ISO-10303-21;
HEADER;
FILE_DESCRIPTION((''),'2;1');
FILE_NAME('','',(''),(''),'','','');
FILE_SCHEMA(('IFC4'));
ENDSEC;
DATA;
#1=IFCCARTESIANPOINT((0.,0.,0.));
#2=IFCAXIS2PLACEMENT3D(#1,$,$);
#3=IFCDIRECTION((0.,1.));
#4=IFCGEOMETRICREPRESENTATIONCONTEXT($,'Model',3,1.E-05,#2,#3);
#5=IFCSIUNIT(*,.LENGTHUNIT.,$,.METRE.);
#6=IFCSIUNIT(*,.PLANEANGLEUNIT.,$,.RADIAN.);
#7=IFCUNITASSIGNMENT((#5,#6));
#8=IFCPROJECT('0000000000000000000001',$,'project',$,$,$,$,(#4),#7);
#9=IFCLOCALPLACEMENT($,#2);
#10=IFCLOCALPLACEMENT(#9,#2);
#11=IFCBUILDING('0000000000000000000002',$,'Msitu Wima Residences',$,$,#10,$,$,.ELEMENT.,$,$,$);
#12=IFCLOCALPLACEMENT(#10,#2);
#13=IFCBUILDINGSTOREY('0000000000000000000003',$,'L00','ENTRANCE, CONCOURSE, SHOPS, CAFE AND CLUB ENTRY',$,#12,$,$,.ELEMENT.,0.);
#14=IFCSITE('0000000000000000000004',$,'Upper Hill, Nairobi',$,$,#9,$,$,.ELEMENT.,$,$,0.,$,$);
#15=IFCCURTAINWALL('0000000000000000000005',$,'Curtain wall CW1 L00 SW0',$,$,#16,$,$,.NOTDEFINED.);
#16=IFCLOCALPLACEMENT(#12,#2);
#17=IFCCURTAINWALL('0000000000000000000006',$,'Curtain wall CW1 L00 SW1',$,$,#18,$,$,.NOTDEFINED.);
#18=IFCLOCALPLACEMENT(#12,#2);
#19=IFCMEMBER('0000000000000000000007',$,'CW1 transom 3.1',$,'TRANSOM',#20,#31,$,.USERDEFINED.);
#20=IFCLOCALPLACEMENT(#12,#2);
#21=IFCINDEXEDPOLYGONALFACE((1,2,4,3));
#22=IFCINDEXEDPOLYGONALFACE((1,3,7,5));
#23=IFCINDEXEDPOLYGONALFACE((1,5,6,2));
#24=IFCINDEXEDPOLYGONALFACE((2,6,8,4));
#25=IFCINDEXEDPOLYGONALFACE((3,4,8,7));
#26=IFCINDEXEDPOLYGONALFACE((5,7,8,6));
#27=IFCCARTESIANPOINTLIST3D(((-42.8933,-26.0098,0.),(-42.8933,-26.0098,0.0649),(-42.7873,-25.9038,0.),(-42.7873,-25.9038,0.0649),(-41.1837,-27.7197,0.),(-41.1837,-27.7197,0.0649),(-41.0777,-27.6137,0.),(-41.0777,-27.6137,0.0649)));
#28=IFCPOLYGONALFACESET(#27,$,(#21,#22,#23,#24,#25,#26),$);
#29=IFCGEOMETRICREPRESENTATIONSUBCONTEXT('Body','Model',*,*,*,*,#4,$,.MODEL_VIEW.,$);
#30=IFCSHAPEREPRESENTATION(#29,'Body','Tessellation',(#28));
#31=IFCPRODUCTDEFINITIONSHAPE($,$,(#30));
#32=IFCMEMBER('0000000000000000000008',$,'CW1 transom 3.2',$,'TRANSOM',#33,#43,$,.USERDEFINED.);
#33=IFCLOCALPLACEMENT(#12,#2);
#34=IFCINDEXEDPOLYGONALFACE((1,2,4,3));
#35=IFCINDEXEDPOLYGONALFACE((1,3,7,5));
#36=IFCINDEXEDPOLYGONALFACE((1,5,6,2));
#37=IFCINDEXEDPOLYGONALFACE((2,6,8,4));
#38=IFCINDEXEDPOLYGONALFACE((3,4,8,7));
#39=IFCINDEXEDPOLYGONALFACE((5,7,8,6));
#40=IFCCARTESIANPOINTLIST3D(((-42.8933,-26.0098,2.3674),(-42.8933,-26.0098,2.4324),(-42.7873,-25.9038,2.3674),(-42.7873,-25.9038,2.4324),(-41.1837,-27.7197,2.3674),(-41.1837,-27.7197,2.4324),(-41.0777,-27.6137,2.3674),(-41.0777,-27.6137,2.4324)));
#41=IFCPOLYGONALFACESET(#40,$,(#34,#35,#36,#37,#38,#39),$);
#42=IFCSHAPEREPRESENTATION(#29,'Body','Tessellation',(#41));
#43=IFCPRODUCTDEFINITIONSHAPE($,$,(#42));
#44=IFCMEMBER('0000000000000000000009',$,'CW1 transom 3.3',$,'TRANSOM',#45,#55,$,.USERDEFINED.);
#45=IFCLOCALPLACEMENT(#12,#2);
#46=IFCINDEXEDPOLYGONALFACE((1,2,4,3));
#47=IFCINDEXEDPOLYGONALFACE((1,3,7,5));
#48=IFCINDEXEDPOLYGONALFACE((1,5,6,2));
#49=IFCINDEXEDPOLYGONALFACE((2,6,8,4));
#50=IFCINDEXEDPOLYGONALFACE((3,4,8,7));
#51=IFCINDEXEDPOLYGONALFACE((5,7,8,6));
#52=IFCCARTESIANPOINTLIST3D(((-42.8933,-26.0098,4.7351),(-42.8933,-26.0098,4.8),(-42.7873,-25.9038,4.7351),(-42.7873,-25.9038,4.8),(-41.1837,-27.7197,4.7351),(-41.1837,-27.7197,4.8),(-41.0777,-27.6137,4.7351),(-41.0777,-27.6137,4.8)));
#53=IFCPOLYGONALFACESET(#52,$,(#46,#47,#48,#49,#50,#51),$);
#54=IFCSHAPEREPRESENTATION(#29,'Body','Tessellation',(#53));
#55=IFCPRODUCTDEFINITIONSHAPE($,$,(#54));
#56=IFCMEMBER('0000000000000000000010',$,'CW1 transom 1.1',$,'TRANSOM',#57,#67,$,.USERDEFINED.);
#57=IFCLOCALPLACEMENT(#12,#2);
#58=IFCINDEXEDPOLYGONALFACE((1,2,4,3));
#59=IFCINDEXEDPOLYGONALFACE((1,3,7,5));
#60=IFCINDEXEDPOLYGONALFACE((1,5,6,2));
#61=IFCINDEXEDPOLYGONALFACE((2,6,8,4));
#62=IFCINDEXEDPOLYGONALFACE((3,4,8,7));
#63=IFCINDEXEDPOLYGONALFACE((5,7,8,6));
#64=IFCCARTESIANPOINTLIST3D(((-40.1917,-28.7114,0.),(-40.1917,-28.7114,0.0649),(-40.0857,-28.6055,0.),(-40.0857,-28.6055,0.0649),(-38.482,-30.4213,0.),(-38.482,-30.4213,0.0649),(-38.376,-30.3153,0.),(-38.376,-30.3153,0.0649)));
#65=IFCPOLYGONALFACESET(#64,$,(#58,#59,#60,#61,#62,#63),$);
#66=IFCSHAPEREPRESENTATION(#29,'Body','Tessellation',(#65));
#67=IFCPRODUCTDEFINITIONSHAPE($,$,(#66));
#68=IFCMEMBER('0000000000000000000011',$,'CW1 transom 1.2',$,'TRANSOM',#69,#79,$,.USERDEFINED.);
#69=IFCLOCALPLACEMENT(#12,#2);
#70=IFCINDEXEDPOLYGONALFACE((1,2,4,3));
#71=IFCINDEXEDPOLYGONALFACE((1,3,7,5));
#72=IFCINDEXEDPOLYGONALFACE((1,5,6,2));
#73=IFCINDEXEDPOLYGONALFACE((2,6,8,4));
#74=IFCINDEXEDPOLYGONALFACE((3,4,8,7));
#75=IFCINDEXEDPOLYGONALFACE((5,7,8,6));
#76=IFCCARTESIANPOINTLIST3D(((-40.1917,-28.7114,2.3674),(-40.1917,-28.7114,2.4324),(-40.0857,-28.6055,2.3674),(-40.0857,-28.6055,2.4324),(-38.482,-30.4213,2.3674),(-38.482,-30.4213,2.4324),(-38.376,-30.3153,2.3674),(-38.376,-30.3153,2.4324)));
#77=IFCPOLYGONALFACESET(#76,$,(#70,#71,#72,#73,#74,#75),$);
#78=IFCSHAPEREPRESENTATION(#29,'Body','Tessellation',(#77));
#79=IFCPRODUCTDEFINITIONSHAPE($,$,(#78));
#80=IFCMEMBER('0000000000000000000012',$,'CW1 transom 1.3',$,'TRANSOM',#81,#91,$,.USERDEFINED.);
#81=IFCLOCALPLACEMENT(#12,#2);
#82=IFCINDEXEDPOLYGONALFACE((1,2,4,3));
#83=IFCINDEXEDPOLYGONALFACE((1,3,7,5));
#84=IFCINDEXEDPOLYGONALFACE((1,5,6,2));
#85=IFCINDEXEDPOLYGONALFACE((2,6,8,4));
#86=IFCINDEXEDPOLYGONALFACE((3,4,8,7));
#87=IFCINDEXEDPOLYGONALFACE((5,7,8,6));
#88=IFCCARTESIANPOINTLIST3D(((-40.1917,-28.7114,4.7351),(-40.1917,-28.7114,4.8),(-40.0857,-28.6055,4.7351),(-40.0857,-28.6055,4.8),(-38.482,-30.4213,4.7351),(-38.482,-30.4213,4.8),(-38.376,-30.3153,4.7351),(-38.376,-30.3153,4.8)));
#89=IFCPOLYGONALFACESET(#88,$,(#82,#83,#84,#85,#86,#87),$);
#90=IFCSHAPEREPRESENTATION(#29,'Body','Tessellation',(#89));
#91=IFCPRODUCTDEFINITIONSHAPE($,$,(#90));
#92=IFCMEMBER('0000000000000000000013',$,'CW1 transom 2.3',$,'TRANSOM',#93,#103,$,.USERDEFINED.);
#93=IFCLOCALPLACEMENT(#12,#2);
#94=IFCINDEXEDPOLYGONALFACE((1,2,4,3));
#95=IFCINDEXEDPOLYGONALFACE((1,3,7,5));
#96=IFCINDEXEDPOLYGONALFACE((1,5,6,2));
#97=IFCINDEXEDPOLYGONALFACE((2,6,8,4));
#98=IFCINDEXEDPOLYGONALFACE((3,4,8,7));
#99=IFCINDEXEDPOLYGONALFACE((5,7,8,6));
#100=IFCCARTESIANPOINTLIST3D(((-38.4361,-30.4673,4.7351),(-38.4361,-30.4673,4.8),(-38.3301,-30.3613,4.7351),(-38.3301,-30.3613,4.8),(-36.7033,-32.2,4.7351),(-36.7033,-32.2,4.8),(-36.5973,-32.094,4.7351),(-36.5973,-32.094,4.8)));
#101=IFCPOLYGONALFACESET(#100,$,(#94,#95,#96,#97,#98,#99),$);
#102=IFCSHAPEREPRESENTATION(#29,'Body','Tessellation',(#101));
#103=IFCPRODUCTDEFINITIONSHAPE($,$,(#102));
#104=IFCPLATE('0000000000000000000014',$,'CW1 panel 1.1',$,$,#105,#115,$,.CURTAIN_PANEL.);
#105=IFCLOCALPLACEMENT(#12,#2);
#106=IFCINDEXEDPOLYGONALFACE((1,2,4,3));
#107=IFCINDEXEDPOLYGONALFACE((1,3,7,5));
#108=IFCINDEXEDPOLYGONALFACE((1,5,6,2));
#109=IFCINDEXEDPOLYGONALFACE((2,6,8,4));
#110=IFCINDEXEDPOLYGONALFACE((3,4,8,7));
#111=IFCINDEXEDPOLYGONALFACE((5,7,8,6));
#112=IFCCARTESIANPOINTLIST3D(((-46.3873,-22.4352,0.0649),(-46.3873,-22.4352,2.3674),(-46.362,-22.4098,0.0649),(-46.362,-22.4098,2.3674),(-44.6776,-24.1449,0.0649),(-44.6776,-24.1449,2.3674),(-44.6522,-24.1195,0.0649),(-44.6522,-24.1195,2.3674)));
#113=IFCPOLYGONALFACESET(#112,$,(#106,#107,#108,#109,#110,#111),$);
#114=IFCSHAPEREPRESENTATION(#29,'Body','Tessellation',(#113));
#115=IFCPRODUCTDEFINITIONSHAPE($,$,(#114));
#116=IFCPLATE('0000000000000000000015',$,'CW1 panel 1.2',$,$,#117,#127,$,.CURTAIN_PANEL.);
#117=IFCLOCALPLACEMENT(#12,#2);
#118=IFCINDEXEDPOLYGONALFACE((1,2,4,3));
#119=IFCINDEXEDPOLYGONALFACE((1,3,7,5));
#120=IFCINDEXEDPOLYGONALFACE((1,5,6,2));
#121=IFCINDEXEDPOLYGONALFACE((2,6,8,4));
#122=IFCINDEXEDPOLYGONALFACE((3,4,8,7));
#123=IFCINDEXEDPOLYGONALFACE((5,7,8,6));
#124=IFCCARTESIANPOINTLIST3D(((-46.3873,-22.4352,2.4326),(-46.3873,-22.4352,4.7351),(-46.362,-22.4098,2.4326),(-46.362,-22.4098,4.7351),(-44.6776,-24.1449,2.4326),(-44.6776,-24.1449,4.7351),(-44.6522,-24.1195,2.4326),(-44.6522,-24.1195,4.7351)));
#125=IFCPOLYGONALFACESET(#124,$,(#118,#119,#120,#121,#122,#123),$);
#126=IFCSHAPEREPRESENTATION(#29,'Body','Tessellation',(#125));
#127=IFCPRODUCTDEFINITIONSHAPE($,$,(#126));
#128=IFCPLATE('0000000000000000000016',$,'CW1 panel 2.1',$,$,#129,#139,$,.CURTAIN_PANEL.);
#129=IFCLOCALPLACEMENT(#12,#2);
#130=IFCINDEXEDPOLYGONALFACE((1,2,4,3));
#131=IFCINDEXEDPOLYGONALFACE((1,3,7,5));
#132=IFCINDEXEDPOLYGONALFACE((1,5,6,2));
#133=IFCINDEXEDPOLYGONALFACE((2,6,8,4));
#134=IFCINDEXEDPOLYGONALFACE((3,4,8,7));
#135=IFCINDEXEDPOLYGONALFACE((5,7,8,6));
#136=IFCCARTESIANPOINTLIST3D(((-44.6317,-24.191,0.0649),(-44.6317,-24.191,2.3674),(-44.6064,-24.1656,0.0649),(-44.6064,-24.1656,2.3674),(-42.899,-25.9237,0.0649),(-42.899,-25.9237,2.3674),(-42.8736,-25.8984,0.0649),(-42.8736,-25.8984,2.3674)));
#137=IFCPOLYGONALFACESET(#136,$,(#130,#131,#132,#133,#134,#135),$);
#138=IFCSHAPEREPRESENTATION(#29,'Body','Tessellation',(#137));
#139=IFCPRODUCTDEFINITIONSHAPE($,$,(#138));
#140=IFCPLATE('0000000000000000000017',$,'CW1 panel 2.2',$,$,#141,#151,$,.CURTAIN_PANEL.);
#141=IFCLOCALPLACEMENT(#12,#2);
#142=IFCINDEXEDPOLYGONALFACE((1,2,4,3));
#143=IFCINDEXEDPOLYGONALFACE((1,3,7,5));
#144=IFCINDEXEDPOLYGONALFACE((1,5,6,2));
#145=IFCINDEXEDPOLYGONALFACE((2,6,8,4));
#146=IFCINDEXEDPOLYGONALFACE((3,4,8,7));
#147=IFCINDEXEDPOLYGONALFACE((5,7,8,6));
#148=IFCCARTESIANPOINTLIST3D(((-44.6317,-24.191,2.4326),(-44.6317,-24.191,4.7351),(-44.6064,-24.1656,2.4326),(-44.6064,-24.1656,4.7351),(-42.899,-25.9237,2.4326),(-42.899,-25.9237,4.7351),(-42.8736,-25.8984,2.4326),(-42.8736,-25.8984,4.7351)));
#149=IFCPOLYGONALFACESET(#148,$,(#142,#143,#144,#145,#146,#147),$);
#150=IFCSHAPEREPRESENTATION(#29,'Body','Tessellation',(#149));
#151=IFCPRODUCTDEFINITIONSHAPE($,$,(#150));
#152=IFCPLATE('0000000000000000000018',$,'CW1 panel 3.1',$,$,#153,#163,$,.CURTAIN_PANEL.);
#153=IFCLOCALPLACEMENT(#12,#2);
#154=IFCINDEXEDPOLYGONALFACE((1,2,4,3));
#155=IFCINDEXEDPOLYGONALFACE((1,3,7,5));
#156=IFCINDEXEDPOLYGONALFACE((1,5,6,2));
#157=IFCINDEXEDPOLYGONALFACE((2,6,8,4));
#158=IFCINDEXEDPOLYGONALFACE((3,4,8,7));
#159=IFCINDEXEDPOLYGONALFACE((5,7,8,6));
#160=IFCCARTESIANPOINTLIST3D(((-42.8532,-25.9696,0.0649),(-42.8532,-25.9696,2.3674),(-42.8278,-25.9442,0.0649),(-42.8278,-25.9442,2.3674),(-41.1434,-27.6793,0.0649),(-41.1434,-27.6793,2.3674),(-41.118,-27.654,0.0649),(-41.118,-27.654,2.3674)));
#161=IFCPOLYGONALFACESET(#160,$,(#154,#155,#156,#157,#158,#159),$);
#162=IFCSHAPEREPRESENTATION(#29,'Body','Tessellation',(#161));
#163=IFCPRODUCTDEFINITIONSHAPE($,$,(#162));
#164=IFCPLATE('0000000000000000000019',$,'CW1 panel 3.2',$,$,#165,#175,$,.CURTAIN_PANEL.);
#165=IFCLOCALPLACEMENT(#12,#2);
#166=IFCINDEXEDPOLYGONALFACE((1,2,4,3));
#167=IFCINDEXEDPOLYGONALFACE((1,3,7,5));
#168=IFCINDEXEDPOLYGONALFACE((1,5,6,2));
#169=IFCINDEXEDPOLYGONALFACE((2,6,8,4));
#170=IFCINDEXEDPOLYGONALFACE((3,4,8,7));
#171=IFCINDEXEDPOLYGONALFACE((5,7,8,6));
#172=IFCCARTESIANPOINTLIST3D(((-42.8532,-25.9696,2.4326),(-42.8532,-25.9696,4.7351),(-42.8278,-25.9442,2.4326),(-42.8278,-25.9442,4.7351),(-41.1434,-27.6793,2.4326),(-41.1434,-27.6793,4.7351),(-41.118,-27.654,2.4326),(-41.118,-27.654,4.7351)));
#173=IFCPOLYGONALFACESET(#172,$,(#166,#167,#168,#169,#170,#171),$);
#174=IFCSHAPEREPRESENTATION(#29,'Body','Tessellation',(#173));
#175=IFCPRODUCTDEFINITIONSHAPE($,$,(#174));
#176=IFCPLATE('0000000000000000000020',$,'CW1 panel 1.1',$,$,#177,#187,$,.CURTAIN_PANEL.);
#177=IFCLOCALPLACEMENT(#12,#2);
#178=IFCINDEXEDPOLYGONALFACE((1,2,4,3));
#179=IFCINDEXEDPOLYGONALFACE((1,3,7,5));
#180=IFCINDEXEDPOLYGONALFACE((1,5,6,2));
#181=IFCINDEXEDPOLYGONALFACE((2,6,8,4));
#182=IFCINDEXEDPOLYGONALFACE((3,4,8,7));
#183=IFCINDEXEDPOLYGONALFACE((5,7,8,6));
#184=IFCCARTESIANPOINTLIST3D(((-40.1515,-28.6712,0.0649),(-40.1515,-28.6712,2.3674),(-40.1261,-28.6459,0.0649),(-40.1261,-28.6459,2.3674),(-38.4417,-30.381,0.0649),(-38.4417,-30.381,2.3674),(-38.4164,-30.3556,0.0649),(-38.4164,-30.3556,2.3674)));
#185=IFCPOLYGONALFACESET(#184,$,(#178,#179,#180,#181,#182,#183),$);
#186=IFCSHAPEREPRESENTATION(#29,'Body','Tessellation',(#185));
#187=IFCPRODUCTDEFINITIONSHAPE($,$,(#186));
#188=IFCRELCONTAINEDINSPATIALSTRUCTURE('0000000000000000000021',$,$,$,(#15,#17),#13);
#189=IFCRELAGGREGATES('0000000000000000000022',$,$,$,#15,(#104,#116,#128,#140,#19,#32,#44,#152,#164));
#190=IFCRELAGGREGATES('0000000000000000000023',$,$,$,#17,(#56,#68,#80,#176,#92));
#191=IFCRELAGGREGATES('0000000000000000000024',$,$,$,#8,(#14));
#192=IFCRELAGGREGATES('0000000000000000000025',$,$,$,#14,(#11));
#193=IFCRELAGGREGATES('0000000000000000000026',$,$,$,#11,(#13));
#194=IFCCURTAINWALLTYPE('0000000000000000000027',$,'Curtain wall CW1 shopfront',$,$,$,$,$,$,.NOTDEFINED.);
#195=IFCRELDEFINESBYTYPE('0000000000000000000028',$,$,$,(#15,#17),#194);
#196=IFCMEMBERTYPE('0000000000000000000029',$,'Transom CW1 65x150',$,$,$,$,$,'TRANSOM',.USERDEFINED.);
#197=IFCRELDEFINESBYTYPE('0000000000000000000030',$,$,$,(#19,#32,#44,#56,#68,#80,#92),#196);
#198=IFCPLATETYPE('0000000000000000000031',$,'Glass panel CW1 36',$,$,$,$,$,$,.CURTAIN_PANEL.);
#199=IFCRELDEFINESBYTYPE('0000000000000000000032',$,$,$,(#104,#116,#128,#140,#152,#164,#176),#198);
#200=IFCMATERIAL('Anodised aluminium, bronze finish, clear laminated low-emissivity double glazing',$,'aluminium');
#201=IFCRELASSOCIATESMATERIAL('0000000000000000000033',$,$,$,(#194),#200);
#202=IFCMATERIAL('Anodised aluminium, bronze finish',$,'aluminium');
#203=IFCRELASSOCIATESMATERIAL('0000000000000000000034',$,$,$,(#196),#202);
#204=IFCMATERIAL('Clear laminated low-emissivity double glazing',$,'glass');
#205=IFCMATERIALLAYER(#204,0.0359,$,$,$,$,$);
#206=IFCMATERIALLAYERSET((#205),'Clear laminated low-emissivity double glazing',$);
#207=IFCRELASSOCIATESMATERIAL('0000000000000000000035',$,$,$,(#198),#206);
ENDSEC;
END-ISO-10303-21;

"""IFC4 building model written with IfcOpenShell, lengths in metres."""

from ifc_helpers import new_model, si_unit, direction, frame, origin, origin_2d, place, context, subcontext, project, spatial, rectangle, extrude, material, layer, layer_set, material_profile, profile_set, type_object, element, aggregate, save


model = new_model("IFC4")

# Units and contexts
model_context = context("Model", 3, precision=1e-05, world=origin(), true_north=direction((0.0, 1.0)))
body_context = subcontext(model_context, "Body", "Model", "MODEL_VIEW")
ifc_project = project(units=[si_unit("LENGTHUNIT", "METRE"), si_unit("PLANEANGLEUNIT", "RADIAN")], contexts=[model_context])

# Site, building, storey
site_placement = place(None, origin())
site = spatial("IfcSite", under=ifc_project, at=site_placement, Name="Upper Hill, Nairobi", CompositionType="ELEMENT", RefElevation=0.0)
building_placement = place(site_placement, origin())
building = spatial("IfcBuilding", under=site, at=building_placement, Name="Msitu Wima Residences", CompositionType="ELEMENT")
storey_placement = place(building_placement, origin())
storey = spatial("IfcBuildingStorey", under=building, at=storey_placement, Name="L00", Description="ENTRANCE, CONCOURSE, SHOPS, CAFE AND CLUB ENTRY", CompositionType="ELEMENT", Elevation=0.0)

# Curtain walls
ifc_material_1 = material(Name="Anodised aluminium, bronze finish, clear laminated low-emissivity double glazing", Category="aluminium")
curtain_wall_type = type_object("IfcCurtainWallType", Name="Curtain wall CW1 shopfront", PredefinedType="NOTDEFINED", material=ifc_material_1)
curtain_wall_1_placement = place(storey_placement, origin())
curtain_wall_1 = element("IfcCurtainWall", 1, at=curtain_wall_1_placement, inside=storey, type_object=curtain_wall_type, Name="Curtain wall CW1 L00 SW0", PredefinedType="NOTDEFINED")
ifc_material_2 = material(Name="Anodised aluminium, bronze finish", Category="aluminium")
curtain_wall_2_placement = place(storey_placement, origin())
curtain_wall_2 = element("IfcCurtainWall", 2, at=curtain_wall_2_placement, inside=storey, type_object=curtain_wall_type, Name="Curtain wall CW1 L00 SW1", PredefinedType="NOTDEFINED")

# Members
ifc_material_profile_1 = material_profile(ifc_material_2, rectangle(XDim=0.1499, YDim=0.0649, at=origin_2d()), Name="Transom 65x150")
ifc_profile_set_1 = profile_set([ifc_material_profile_1], Name="Anodised aluminium, bronze finish")
member_type_1 = type_object("IfcMemberType", Name="Transom CW1 65x150", ElementType="TRANSOM", PredefinedType="USERDEFINED", material=ifc_profile_set_1)
member_1_placement = place(storey_placement, frame((-42.8403, -25.9568, 0.0325), z_axis=(0.707056, -0.707157, 0.0), x_axis=(0.707157, 0.707056, 0.0)))
member_1 = element("IfcMember", 3, at=member_1_placement, type_object=member_type_1, Name="CW1 transom 3.1", ObjectType="TRANSOM", PredefinedType="USERDEFINED", context=body_context, shape_type="SweptSolid", body=[
    extrude(rectangle(XDim=0.1499, YDim=0.0649, at=origin_2d()), origin(), (0.0, 0.0, 1.0), 2.418),
])
member_2_placement = place(storey_placement, frame((-42.8403, -25.9568, 2.3999), z_axis=(0.707056, -0.707157, 0.0), x_axis=(0.707157, 0.707056, 0.0)))
member_2 = element("IfcMember", 4, at=member_2_placement, type_object=member_type_1, Name="CW1 transom 3.2", ObjectType="TRANSOM", PredefinedType="USERDEFINED", context=body_context, shape_type="SweptSolid", body=[
    extrude(rectangle(XDim=0.1499, YDim=0.0649, at=origin_2d()), origin(), (0.0, 0.0, 1.0), 2.418),
])
member_3_placement = place(storey_placement, frame((-42.8403, -25.9568, 4.7676), z_axis=(0.707056, -0.707157, 0.0), x_axis=(0.707157, 0.707056, 0.0)))
member_3 = element("IfcMember", 5, at=member_3_placement, type_object=member_type_1, Name="CW1 transom 3.3", ObjectType="TRANSOM", PredefinedType="USERDEFINED", context=body_context, shape_type="SweptSolid", body=[
    extrude(rectangle(XDim=0.1499, YDim=0.0649, at=origin_2d()), origin(), (0.0, 0.0, 1.0), 2.418),
])
member_4_placement = place(storey_placement, frame((-40.1387, -28.6584, 0.0325), z_axis=(0.707056, -0.707157, 0.0), x_axis=(0.707157, 0.707056, 0.0)))
member_4 = element("IfcMember", 6, at=member_4_placement, type_object=member_type_1, Name="CW1 transom 1.1", ObjectType="TRANSOM", PredefinedType="USERDEFINED", context=body_context, shape_type="SweptSolid", body=[
    extrude(rectangle(XDim=0.1499, YDim=0.0649, at=origin_2d()), origin(), (0.0, 0.0, 1.0), 2.418),
])
member_5_placement = place(storey_placement, frame((-40.1387, -28.6584, 2.3999), z_axis=(0.707056, -0.707157, 0.0), x_axis=(0.707157, 0.707056, 0.0)))
member_5 = element("IfcMember", 7, at=member_5_placement, type_object=member_type_1, Name="CW1 transom 1.2", ObjectType="TRANSOM", PredefinedType="USERDEFINED", context=body_context, shape_type="SweptSolid", body=[
    extrude(rectangle(XDim=0.1499, YDim=0.0649, at=origin_2d()), origin(), (0.0, 0.0, 1.0), 2.418),
])
member_6_placement = place(storey_placement, frame((-40.1387, -28.6584, 4.7676), z_axis=(0.707056, -0.707157, 0.0), x_axis=(0.707157, 0.707056, 0.0)))
member_6 = element("IfcMember", 8, at=member_6_placement, type_object=member_type_1, Name="CW1 transom 1.3", ObjectType="TRANSOM", PredefinedType="USERDEFINED", context=body_context, shape_type="SweptSolid", body=[
    extrude(rectangle(XDim=0.1499, YDim=0.0649, at=origin_2d()), origin(), (0.0, 0.0, 1.0), 2.418),
])
member_7_placement = place(storey_placement, frame((-38.3831, -30.4143, 4.7676), z_axis=(0.707107, -0.707107, 0.0), x_axis=(0.707107, 0.707107, 0.0)))
member_7 = element("IfcMember", 9, at=member_7_placement, type_object=member_type_1, Name="CW1 transom 2.3", ObjectType="TRANSOM", PredefinedType="USERDEFINED", context=body_context, shape_type="SweptSolid", body=[
    extrude(rectangle(XDim=0.1499, YDim=0.0649, at=origin_2d()), origin(), (0.0, 0.0, 1.0), 2.4504),
])

# Plates
ifc_material_3 = material(Name="Clear laminated low-emissivity double glazing", Category="glass")
ifc_layer = layer(ifc_material_3, 0.0359)
ifc_layer_set = layer_set([ifc_layer], Name="Clear laminated low-emissivity double glazing")
plate_type = type_object("IfcPlateType", Name="Glass panel CW1 36", PredefinedType="CURTAIN_PANEL", material=ifc_layer_set)
plate_1_placement = place(storey_placement, frame((-45.5198, -23.2773, 0.0649), z_axis=(0.0, 0.0, 1.0), x_axis=(0.707107, -0.707107, 0.0)))
plate_1 = element("IfcPlate", 10, at=plate_1_placement, type_object=plate_type, Name="CW1 panel 1.1", PredefinedType="CURTAIN_PANEL", context=body_context, shape_type="SweptSolid", body=[
    extrude(rectangle(XDim=2.418, YDim=0.0359, at=origin_2d()), origin(), (0.0, 0.0, 1.0), 2.3025),
])
plate_2_placement = place(storey_placement, frame((-45.5198, -23.2773, 2.4326), z_axis=(0.0, 0.0, 1.0), x_axis=(0.707107, -0.707107, 0.0)))
plate_2 = element("IfcPlate", 11, at=plate_2_placement, type_object=plate_type, Name="CW1 panel 1.2", PredefinedType="CURTAIN_PANEL", context=body_context, shape_type="SweptSolid", body=[
    extrude(rectangle(XDim=2.418, YDim=0.0359, at=origin_2d()), origin(), (0.0, 0.0, 1.0), 2.3025),
])
plate_3_placement = place(storey_placement, frame((-43.7527, -25.0447, 0.0649), z_axis=(0.0, 0.0, 1.0), x_axis=(0.707107, -0.707107, 0.0)))
plate_3 = element("IfcPlate", 12, at=plate_3_placement, type_object=plate_type, Name="CW1 panel 2.1", PredefinedType="CURTAIN_PANEL", context=body_context, shape_type="SweptSolid", body=[
    extrude(rectangle(XDim=2.4504, YDim=0.0359, at=origin_2d()), origin(), (0.0, 0.0, 1.0), 2.3025),
])
plate_4_placement = place(storey_placement, frame((-43.7527, -25.0447, 2.4326), z_axis=(0.0, 0.0, 1.0), x_axis=(0.707107, -0.707107, 0.0)))
plate_4 = element("IfcPlate", 13, at=plate_4_placement, type_object=plate_type, Name="CW1 panel 2.2", PredefinedType="CURTAIN_PANEL", context=body_context, shape_type="SweptSolid", body=[
    extrude(rectangle(XDim=2.4504, YDim=0.0359, at=origin_2d()), origin(), (0.0, 0.0, 1.0), 2.3025),
])
plate_5_placement = place(storey_placement, frame((-41.9856, -26.8118, 0.0649), z_axis=(0.0, 0.0, 1.0), x_axis=(0.707107, -0.707107, 0.0)))
plate_5 = element("IfcPlate", 14, at=plate_5_placement, type_object=plate_type, Name="CW1 panel 3.1", PredefinedType="CURTAIN_PANEL", context=body_context, shape_type="SweptSolid", body=[
    extrude(rectangle(XDim=2.418, YDim=0.0359, at=origin_2d()), origin(), (0.0, 0.0, 1.0), 2.3025),
])
plate_6_placement = place(storey_placement, frame((-41.9856, -26.8118, 2.4326), z_axis=(0.0, 0.0, 1.0), x_axis=(0.707107, -0.707107, 0.0)))
plate_6 = element("IfcPlate", 15, at=plate_6_placement, type_object=plate_type, Name="CW1 panel 3.2", PredefinedType="CURTAIN_PANEL", context=body_context, shape_type="SweptSolid", body=[
    extrude(rectangle(XDim=2.418, YDim=0.0359, at=origin_2d()), origin(), (0.0, 0.0, 1.0), 2.3025),
])
aggregate(curtain_wall_1, [plate_1, plate_2, plate_3, plate_4, member_1, member_2, member_3, plate_5, plate_6])
plate_7_placement = place(storey_placement, frame((-39.2839, -29.5134, 0.0649), z_axis=(0.0, 0.0, 1.0), x_axis=(0.707107, -0.707107, 0.0)))
plate_7 = element("IfcPlate", 16, at=plate_7_placement, type_object=plate_type, Name="CW1 panel 1.1", PredefinedType="CURTAIN_PANEL", context=body_context, shape_type="SweptSolid", body=[
    extrude(rectangle(XDim=2.418, YDim=0.0359, at=origin_2d()), origin(), (0.0, 0.0, 1.0), 2.3025),
])
aggregate(curtain_wall_2, [member_4, member_5, member_6, plate_7, member_7])

save(model, "model.ifc")
